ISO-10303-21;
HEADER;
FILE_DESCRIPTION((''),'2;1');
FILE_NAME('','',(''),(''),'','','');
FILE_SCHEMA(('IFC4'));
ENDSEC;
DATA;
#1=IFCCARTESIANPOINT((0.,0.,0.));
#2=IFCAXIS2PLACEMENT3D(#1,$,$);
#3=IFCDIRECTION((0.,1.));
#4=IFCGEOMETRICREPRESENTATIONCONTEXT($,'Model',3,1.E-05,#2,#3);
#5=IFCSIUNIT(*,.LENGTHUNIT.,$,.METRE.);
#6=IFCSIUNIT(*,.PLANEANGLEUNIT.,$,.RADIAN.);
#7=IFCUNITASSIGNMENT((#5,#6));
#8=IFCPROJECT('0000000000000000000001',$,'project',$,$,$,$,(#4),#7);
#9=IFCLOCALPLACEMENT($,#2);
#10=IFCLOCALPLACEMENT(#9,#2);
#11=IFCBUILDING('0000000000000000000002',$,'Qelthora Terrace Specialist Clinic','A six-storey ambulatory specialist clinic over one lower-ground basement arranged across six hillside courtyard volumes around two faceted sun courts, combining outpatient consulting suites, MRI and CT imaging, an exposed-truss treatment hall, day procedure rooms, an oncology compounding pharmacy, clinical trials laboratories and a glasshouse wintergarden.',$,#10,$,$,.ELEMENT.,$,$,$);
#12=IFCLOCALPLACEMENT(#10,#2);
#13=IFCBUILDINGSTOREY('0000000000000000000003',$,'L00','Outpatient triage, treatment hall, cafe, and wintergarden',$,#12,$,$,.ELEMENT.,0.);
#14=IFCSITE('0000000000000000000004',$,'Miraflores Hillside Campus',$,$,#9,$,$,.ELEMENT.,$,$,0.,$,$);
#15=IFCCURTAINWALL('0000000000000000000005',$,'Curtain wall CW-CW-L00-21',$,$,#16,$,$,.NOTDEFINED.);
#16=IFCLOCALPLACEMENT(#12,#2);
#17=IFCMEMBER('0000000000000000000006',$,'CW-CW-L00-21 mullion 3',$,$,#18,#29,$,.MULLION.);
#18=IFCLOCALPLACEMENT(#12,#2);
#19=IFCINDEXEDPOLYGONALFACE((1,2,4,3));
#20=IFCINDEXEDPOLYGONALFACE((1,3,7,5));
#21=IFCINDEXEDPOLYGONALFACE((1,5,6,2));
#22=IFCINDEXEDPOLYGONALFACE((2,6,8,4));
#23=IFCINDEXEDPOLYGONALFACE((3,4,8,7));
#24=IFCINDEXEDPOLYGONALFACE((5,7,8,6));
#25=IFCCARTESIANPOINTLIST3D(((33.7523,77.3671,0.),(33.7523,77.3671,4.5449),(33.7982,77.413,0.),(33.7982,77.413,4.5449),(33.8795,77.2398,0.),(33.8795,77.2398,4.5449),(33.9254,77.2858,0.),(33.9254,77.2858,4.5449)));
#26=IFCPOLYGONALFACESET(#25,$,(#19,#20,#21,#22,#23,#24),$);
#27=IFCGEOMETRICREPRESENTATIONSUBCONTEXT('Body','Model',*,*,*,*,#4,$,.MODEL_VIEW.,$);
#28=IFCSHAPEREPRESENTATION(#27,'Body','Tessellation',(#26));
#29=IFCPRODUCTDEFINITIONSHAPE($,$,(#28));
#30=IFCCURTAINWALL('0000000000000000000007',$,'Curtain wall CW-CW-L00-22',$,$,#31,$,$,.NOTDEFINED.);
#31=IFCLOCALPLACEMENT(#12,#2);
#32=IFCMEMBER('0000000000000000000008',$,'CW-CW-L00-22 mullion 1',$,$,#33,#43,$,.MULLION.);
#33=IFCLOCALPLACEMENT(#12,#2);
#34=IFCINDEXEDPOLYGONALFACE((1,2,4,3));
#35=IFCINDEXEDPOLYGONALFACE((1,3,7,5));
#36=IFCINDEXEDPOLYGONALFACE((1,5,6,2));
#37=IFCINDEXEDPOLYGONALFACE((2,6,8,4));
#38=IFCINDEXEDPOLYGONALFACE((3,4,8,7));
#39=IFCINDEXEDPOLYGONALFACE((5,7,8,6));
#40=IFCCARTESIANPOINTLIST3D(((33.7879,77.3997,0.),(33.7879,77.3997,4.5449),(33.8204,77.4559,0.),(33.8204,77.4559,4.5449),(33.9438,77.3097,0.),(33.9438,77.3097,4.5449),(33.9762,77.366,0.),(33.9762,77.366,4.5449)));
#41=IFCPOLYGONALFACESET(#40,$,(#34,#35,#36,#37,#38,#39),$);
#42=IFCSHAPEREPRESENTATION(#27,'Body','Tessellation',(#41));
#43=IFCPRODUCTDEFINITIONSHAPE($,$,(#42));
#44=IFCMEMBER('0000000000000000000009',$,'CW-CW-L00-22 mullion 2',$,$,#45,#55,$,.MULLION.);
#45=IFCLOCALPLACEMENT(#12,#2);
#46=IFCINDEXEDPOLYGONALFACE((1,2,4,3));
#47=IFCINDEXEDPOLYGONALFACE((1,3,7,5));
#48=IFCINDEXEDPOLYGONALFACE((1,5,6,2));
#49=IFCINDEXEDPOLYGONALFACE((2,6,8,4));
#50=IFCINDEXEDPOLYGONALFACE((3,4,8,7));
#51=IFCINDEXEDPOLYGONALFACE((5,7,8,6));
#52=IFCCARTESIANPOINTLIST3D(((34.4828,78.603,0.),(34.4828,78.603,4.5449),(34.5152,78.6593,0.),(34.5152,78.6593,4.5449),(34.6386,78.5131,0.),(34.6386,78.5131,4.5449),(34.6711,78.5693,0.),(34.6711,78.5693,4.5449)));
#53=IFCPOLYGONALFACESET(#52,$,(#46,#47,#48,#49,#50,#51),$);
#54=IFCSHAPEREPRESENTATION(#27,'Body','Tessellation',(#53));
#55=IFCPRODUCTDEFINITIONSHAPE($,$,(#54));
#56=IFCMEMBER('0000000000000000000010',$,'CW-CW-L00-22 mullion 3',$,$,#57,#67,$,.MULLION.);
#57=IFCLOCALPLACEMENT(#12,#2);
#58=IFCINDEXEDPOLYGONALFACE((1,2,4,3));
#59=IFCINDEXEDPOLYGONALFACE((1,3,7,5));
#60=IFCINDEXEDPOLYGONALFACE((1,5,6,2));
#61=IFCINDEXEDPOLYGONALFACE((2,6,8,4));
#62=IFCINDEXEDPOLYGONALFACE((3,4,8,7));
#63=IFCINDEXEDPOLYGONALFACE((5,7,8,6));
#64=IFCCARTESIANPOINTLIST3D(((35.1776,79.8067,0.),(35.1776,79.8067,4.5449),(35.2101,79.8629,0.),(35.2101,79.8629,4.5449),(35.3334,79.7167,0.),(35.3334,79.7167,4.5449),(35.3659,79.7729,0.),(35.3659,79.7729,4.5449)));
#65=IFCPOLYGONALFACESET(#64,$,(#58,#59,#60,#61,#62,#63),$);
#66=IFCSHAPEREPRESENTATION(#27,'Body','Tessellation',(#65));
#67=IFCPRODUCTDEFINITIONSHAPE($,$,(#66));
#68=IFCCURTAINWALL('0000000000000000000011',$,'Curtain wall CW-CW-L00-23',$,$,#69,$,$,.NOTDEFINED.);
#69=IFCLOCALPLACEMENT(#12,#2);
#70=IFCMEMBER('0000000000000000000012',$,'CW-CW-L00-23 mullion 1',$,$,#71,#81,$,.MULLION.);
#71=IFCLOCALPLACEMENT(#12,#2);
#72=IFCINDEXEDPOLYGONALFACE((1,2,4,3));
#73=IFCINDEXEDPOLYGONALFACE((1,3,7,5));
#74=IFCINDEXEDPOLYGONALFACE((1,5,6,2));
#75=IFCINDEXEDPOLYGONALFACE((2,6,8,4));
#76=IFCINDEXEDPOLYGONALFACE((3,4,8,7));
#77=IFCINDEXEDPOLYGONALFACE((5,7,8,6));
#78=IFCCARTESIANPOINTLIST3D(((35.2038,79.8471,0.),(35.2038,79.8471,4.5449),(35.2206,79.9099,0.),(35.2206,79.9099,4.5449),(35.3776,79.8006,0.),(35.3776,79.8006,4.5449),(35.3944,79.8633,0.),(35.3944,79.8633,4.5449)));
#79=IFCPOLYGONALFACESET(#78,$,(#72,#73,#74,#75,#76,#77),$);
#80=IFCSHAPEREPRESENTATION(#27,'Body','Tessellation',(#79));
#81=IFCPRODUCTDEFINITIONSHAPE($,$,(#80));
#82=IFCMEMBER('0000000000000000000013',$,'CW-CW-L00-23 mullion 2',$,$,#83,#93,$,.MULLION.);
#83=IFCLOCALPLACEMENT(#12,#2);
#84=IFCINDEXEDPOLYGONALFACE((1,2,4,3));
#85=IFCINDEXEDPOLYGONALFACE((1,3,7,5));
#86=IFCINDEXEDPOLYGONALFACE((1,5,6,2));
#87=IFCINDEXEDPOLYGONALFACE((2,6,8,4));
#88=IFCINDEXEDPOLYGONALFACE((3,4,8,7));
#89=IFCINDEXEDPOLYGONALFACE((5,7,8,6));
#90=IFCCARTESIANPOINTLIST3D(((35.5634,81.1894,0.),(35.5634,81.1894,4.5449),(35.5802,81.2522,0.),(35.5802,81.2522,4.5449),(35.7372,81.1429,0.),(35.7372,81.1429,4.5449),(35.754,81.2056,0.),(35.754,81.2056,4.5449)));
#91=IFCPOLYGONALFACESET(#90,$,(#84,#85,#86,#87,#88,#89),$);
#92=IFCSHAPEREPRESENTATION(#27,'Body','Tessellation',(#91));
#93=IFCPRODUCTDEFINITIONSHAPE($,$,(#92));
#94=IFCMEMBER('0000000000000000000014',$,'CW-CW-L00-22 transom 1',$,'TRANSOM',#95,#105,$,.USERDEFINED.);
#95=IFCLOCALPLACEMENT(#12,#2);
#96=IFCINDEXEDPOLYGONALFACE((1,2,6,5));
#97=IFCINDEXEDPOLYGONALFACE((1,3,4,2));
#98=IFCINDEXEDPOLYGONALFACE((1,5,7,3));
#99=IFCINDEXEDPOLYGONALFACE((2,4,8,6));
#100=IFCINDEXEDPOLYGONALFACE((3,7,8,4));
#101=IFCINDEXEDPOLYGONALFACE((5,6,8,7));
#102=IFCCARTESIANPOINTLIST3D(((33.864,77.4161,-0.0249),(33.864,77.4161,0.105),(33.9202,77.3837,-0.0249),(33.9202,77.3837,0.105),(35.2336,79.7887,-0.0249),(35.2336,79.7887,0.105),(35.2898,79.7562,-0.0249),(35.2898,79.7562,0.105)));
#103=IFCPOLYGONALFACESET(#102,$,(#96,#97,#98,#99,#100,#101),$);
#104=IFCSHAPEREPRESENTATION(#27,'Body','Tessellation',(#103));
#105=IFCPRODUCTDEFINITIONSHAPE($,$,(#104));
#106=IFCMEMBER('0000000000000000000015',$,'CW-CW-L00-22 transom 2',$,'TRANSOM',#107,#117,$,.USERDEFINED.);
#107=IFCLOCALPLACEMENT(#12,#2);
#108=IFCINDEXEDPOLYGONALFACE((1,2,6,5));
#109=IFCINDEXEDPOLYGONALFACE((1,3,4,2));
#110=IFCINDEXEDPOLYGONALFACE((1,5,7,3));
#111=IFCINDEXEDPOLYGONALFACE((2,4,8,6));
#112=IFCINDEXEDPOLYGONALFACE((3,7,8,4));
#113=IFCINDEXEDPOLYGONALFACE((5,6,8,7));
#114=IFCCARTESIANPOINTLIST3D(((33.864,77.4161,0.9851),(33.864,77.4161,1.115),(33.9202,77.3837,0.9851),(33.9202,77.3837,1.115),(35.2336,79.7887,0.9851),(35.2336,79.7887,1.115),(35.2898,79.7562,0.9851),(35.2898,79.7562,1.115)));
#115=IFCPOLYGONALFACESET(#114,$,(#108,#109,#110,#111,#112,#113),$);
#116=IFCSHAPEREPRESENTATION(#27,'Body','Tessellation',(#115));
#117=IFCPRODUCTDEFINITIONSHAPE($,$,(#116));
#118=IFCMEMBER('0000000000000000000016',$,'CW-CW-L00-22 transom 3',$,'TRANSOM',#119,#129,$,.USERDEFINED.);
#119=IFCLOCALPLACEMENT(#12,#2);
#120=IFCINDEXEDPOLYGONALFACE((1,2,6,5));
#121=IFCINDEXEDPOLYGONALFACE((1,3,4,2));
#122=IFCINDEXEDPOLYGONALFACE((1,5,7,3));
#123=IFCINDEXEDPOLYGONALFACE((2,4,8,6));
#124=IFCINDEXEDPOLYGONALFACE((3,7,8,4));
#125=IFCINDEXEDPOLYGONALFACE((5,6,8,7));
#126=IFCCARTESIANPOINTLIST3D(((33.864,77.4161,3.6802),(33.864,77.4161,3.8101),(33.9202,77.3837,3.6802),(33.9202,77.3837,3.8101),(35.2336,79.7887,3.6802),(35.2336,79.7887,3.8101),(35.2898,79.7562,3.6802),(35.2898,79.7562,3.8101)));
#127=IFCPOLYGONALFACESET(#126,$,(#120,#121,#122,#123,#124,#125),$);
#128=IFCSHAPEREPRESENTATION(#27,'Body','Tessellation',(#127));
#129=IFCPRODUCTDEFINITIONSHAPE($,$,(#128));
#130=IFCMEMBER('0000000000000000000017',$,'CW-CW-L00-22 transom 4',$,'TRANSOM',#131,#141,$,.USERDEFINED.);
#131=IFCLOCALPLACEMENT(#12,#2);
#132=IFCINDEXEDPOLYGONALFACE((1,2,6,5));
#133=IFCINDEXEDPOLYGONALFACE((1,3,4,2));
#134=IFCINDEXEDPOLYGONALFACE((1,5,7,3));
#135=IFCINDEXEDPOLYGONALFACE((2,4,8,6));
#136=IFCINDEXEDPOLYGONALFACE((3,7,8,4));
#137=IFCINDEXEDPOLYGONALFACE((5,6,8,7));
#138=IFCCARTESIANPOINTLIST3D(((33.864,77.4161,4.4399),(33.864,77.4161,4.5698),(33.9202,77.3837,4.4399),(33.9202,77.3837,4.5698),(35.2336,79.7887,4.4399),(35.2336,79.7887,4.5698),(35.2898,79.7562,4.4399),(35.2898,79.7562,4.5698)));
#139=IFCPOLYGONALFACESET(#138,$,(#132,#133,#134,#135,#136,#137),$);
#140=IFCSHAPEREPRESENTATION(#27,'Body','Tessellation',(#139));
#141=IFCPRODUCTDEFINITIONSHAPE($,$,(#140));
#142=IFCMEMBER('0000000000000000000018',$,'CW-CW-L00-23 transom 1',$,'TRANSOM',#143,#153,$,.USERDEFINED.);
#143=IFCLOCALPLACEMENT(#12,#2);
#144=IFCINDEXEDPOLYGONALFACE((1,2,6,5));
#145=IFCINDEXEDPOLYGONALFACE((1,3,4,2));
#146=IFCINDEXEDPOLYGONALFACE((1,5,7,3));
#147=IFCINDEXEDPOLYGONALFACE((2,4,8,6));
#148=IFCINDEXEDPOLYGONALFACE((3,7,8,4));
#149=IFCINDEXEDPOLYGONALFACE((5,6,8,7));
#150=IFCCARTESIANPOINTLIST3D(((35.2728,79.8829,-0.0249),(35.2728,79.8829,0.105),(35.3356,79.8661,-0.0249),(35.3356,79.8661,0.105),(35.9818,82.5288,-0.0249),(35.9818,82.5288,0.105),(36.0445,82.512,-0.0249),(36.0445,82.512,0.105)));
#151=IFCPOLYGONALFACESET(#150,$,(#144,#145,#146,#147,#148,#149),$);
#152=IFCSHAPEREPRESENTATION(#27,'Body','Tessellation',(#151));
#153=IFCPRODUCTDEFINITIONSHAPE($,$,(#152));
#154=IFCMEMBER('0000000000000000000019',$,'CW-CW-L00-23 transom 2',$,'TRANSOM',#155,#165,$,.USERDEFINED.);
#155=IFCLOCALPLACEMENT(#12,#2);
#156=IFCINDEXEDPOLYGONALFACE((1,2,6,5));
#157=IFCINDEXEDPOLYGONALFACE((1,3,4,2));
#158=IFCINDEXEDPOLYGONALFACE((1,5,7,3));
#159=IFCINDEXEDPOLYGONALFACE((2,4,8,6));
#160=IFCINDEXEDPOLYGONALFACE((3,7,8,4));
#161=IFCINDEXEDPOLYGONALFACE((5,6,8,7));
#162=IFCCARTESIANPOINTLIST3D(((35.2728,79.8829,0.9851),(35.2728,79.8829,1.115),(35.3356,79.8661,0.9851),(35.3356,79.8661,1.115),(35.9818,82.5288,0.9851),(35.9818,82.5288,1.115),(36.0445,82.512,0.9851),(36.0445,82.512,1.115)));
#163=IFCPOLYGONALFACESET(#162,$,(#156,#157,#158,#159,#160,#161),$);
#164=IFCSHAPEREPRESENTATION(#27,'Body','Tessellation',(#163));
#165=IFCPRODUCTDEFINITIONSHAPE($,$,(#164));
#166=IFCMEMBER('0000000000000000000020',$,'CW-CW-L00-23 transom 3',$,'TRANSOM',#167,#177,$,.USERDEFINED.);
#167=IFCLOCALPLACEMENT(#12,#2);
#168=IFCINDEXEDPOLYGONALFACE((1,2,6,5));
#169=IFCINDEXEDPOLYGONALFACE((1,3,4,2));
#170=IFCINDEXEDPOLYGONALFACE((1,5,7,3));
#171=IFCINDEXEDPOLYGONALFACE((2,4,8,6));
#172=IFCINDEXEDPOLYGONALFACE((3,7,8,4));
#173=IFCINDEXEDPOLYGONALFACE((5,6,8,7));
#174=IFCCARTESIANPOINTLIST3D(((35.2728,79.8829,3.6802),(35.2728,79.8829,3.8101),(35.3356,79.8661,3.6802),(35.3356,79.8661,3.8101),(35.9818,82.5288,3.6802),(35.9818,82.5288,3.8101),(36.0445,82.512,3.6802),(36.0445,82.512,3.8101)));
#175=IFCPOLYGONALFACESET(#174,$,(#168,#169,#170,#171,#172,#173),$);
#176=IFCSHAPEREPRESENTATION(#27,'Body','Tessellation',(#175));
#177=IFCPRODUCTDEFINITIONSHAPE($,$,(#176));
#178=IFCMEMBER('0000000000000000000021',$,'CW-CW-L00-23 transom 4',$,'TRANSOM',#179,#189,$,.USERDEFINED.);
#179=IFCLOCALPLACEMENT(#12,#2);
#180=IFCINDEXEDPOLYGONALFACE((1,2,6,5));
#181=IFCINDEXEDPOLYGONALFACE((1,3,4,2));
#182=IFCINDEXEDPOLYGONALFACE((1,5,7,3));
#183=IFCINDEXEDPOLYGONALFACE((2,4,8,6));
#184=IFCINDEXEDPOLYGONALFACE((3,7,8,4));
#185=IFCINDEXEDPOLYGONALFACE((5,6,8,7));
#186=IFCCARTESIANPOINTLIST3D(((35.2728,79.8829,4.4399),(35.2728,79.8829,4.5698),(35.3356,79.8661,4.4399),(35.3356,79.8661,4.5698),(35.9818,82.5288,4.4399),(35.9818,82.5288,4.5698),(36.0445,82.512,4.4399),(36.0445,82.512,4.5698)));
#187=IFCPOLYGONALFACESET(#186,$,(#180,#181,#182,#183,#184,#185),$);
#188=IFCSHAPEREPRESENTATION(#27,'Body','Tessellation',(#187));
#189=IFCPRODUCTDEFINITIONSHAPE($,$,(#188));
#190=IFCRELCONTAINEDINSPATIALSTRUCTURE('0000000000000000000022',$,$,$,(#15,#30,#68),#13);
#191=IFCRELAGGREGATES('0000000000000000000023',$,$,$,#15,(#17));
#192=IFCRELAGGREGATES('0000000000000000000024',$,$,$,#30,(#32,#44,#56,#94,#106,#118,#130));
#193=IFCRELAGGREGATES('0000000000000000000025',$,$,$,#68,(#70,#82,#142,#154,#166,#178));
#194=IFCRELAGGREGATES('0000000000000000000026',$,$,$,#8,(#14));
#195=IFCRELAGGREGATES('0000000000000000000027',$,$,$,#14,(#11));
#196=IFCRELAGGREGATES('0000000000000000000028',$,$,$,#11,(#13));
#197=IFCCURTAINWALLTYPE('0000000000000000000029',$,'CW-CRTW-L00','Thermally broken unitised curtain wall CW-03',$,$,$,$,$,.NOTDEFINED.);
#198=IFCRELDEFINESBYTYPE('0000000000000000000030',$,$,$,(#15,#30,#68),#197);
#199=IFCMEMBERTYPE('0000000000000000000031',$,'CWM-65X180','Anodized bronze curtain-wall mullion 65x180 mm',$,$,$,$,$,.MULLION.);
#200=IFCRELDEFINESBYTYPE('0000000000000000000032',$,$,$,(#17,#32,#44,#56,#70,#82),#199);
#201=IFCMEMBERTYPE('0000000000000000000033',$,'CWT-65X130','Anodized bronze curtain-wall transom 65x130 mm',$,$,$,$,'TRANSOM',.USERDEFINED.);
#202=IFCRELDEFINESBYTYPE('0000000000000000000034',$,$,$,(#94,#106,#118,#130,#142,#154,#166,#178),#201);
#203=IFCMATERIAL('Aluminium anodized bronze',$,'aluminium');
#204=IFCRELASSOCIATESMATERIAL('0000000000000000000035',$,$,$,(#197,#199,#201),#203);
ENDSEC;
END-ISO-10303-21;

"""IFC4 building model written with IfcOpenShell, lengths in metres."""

from ifc_helpers import new_model, si_unit, direction, frame, origin, origin_2d, place, context, subcontext, project, spatial, rectangle, extrude, material, material_profile, profile_set, type_object, element, aggregate, save


model = new_model("IFC4")

# Units and contexts
model_context = context("Model", 3, precision=1e-05, world=origin(), true_north=direction((0.0, 1.0)))
body_context = subcontext(model_context, "Body", "Model", "MODEL_VIEW")
ifc_project = project(units=[si_unit("LENGTHUNIT", "METRE"), si_unit("PLANEANGLEUNIT", "RADIAN")], contexts=[model_context])

# Site, building, storey
site_placement = place(None, origin())
site = spatial("IfcSite", under=ifc_project, at=site_placement, Name="Miraflores Hillside Campus", CompositionType="ELEMENT", RefElevation=0.0)
building_placement = place(site_placement, origin())
building = spatial("IfcBuilding", under=site, at=building_placement, Name="Qelthora Terrace Specialist Clinic", Description="A six-storey ambulatory specialist clinic over one lower-ground basement arranged across six hillside courtyard volumes around two faceted sun courts, combining outpatient consulting suites, MRI and CT imaging, an exposed-truss treatment hall, day procedure rooms, an oncology compounding pharmacy, clinical trials laboratories and a glasshouse wintergarden.", CompositionType="ELEMENT")
storey_placement = place(building_placement, origin())
storey = spatial("IfcBuildingStorey", under=building, at=storey_placement, Name="L00", Description="Outpatient triage, treatment hall, cafe, and wintergarden", CompositionType="ELEMENT", Elevation=0.0)

# Curtain wall, member
ifc_material_1 = material(Name="Aluminium anodized bronze", Category="aluminium")
curtain_wall_type = type_object("IfcCurtainWallType", Name="CW-CRTW-L00", Description="Thermally broken unitised curtain wall CW-03", PredefinedType="NOTDEFINED", material=ifc_material_1)
curtain_wall_1_placement = place(storey_placement, origin())
curtain_wall_1 = element("IfcCurtainWall", 1, at=curtain_wall_1_placement, inside=storey, type_object=curtain_wall_type, Name="Curtain wall CW-CW-L00-21", PredefinedType="NOTDEFINED")
ifc_material_profile_1 = material_profile(ifc_material_1, rectangle(XDim=0.0649, YDim=0.1799, at=origin_2d()), Name="CWM65X180")
ifc_profile_set_1 = profile_set([ifc_material_profile_1], Name="Aluminium anodized bronze")
member_type_1 = type_object("IfcMemberType", Name="CWM-65X180", Description="Anodized bronze curtain-wall mullion 65x180 mm", PredefinedType="MULLION", material=ifc_profile_set_1)
member_1_placement = place(storey_placement, frame((33.8389, 77.3264, 0.0), z_axis=(0.0, 0.0, 1.0), x_axis=(0.707107, 0.707107, 0.0)))
member_1 = element("IfcMember", 2, at=member_1_placement, type_object=member_type_1, Name="CW-CW-L00-21 mullion 3", PredefinedType="MULLION", context=body_context, shape_type="SweptSolid", body=[
    extrude(rectangle(XDim=0.0649, YDim=0.1799, at=origin_2d()), origin(), (0.0, 0.0, 1.0), 4.5449),
])
aggregate(curtain_wall_1, [member_1])

# Curtain walls, members
curtain_wall_2_placement = place(storey_placement, origin())
curtain_wall_2 = element("IfcCurtainWall", 3, at=curtain_wall_2_placement, inside=storey, type_object=curtain_wall_type, Name="Curtain wall CW-CW-L00-22", PredefinedType="NOTDEFINED")
member_2_placement = place(storey_placement, frame((33.8821, 77.3828, 0.0), z_axis=(0.0, 0.0, 1.0), x_axis=(0.5, 0.866026, 0.0)))
member_2 = element("IfcMember", 4, at=member_2_placement, type_object=member_type_1, Name="CW-CW-L00-22 mullion 1", PredefinedType="MULLION", context=body_context, shape_type="SweptSolid", body=[
    extrude(rectangle(XDim=0.0649, YDim=0.1799, at=origin_2d()), origin(), (0.0, 0.0, 1.0), 4.5449),
])
member_3_placement = place(storey_placement, frame((34.5769, 78.5862, 0.0), z_axis=(0.0, 0.0, 1.0), x_axis=(0.5, 0.866026, 0.0)))
member_3 = element("IfcMember", 5, at=member_3_placement, type_object=member_type_1, Name="CW-CW-L00-22 mullion 2", PredefinedType="MULLION", context=body_context, shape_type="SweptSolid", body=[
    extrude(rectangle(XDim=0.0649, YDim=0.1799, at=origin_2d()), origin(), (0.0, 0.0, 1.0), 4.5449),
])
member_4_placement = place(storey_placement, frame((35.2717, 79.7898, 0.0), z_axis=(0.0, 0.0, 1.0), x_axis=(0.5, 0.866026, 0.0)))
member_4 = element("IfcMember", 6, at=member_4_placement, type_object=member_type_1, Name="CW-CW-L00-22 mullion 3", PredefinedType="MULLION", context=body_context, shape_type="SweptSolid", body=[
    extrude(rectangle(XDim=0.0649, YDim=0.1799, at=origin_2d()), origin(), (0.0, 0.0, 1.0), 4.5449),
])
curtain_wall_3_placement = place(storey_placement, origin())
curtain_wall_3 = element("IfcCurtainWall", 7, at=curtain_wall_3_placement, inside=storey, type_object=curtain_wall_type, Name="Curtain wall CW-CW-L00-23", PredefinedType="NOTDEFINED")
member_5_placement = place(storey_placement, frame((35.2991, 79.8552, 0.0), z_axis=(0.0, 0.0, 1.0), x_axis=(0.25882, 0.965925, 0.0)))
member_5 = element("IfcMember", 8, at=member_5_placement, type_object=member_type_1, Name="CW-CW-L00-23 mullion 1", PredefinedType="MULLION", context=body_context, shape_type="SweptSolid", body=[
    extrude(rectangle(XDim=0.0649, YDim=0.1799, at=origin_2d()), origin(), (0.0, 0.0, 1.0), 4.5449),
])
member_6_placement = place(storey_placement, frame((35.6587, 81.1975, 0.0), z_axis=(0.0, 0.0, 1.0), x_axis=(0.25882, 0.965925, 0.0)))
member_6 = element("IfcMember", 9, at=member_6_placement, type_object=member_type_1, Name="CW-CW-L00-23 mullion 2", PredefinedType="MULLION", context=body_context, shape_type="SweptSolid", body=[
    extrude(rectangle(XDim=0.0649, YDim=0.1799, at=origin_2d()), origin(), (0.0, 0.0, 1.0), 4.5449),
])

# Members
ifc_material_profile_2 = material_profile(ifc_material_1, rectangle(XDim=0.0649, YDim=0.1299, at=origin_2d()), Name="CWT65X130")
ifc_profile_set_2 = profile_set([ifc_material_profile_2], Name="Aluminium anodized bronze")
member_type_2 = type_object("IfcMemberType", Name="CWT-65X130", Description="Anodized bronze curtain-wall transom 65x130 mm", ElementType="TRANSOM", PredefinedType="USERDEFINED", material=ifc_profile_set_2)
member_7_placement = place(storey_placement, frame((33.8921, 77.3999, 0.04), z_axis=(0.499954, 0.866052, 0.0), x_axis=(-0.866052, 0.499954, 0.0)))
member_7 = element("IfcMember", 10, at=member_7_placement, type_object=member_type_2, Name="CW-CW-L00-22 transom 1", ObjectType="TRANSOM", PredefinedType="USERDEFINED", context=body_context, shape_type="SweptSolid", body=[
    extrude(rectangle(XDim=0.0649, YDim=0.1299, at=origin_2d()), origin(), (0.0, 0.0, 1.0), 2.7395),
])
member_8_placement = place(storey_placement, frame((33.8921, 77.3999, 1.05), z_axis=(0.499954, 0.866052, 0.0), x_axis=(-0.866052, 0.499954, 0.0)))
member_8 = element("IfcMember", 11, at=member_8_placement, type_object=member_type_2, Name="CW-CW-L00-22 transom 2", ObjectType="TRANSOM", PredefinedType="USERDEFINED", context=body_context, shape_type="SweptSolid", body=[
    extrude(rectangle(XDim=0.0649, YDim=0.1299, at=origin_2d()), origin(), (0.0, 0.0, 1.0), 2.7395),
])
member_9_placement = place(storey_placement, frame((33.8921, 77.3999, 3.7451), z_axis=(0.499954, 0.866052, 0.0), x_axis=(-0.866052, 0.499954, 0.0)))
member_9 = element("IfcMember", 12, at=member_9_placement, type_object=member_type_2, Name="CW-CW-L00-22 transom 3", ObjectType="TRANSOM", PredefinedType="USERDEFINED", context=body_context, shape_type="SweptSolid", body=[
    extrude(rectangle(XDim=0.0649, YDim=0.1299, at=origin_2d()), origin(), (0.0, 0.0, 1.0), 2.7395),
])
member_10_placement = place(storey_placement, frame((33.8921, 77.3999, 4.5049), z_axis=(0.499954, 0.866052, 0.0), x_axis=(-0.866052, 0.499954, 0.0)))
member_10 = element("IfcMember", 13, at=member_10_placement, type_object=member_type_2, Name="CW-CW-L00-22 transom 4", ObjectType="TRANSOM", PredefinedType="USERDEFINED", context=body_context, shape_type="SweptSolid", body=[
    extrude(rectangle(XDim=0.0649, YDim=0.1299, at=origin_2d()), origin(), (0.0, 0.0, 1.0), 2.7395),
])
member_11_placement = place(storey_placement, frame((35.3042, 79.8745, 0.04), z_axis=(0.258816, 0.965927, 0.0), x_axis=(-0.965927, 0.258816, 0.0)))
member_11 = element("IfcMember", 14, at=member_11_placement, type_object=member_type_2, Name="CW-CW-L00-23 transom 1", ObjectType="TRANSOM", PredefinedType="USERDEFINED", context=body_context, shape_type="SweptSolid", body=[
    extrude(rectangle(XDim=0.0649, YDim=0.1299, at=origin_2d()), origin(), (0.0, 0.0, 1.0), 2.7393),
])
member_12_placement = place(storey_placement, frame((35.3042, 79.8745, 1.05), z_axis=(0.258816, 0.965927, 0.0), x_axis=(-0.965927, 0.258816, 0.0)))
member_12 = element("IfcMember", 15, at=member_12_placement, type_object=member_type_2, Name="CW-CW-L00-23 transom 2", ObjectType="TRANSOM", PredefinedType="USERDEFINED", context=body_context, shape_type="SweptSolid", body=[
    extrude(rectangle(XDim=0.0649, YDim=0.1299, at=origin_2d()), origin(), (0.0, 0.0, 1.0), 2.7393),
])
member_13_placement = place(storey_placement, frame((35.3042, 79.8745, 3.7451), z_axis=(0.258816, 0.965927, 0.0), x_axis=(-0.965927, 0.258816, 0.0)))
member_13 = element("IfcMember", 16, at=member_13_placement, type_object=member_type_2, Name="CW-CW-L00-23 transom 3", ObjectType="TRANSOM", PredefinedType="USERDEFINED", context=body_context, shape_type="SweptSolid", body=[
    extrude(rectangle(XDim=0.0649, YDim=0.1299, at=origin_2d()), origin(), (0.0, 0.0, 1.0), 2.7393),
])
member_14_placement = place(storey_placement, frame((35.3042, 79.8745, 4.5049), z_axis=(0.258816, 0.965927, 0.0), x_axis=(-0.965927, 0.258816, 0.0)))
member_14 = element("IfcMember", 17, at=member_14_placement, type_object=member_type_2, Name="CW-CW-L00-23 transom 4", ObjectType="TRANSOM", PredefinedType="USERDEFINED", context=body_context, shape_type="SweptSolid", body=[
    extrude(rectangle(XDim=0.0649, YDim=0.1299, at=origin_2d()), origin(), (0.0, 0.0, 1.0), 2.7393),
])

aggregate(curtain_wall_2, [member_2, member_3, member_4, member_7, member_8, member_9, member_10])
aggregate(curtain_wall_3, [member_5, member_6, member_11, member_12, member_13, member_14])

save(model, "model.ifc")
